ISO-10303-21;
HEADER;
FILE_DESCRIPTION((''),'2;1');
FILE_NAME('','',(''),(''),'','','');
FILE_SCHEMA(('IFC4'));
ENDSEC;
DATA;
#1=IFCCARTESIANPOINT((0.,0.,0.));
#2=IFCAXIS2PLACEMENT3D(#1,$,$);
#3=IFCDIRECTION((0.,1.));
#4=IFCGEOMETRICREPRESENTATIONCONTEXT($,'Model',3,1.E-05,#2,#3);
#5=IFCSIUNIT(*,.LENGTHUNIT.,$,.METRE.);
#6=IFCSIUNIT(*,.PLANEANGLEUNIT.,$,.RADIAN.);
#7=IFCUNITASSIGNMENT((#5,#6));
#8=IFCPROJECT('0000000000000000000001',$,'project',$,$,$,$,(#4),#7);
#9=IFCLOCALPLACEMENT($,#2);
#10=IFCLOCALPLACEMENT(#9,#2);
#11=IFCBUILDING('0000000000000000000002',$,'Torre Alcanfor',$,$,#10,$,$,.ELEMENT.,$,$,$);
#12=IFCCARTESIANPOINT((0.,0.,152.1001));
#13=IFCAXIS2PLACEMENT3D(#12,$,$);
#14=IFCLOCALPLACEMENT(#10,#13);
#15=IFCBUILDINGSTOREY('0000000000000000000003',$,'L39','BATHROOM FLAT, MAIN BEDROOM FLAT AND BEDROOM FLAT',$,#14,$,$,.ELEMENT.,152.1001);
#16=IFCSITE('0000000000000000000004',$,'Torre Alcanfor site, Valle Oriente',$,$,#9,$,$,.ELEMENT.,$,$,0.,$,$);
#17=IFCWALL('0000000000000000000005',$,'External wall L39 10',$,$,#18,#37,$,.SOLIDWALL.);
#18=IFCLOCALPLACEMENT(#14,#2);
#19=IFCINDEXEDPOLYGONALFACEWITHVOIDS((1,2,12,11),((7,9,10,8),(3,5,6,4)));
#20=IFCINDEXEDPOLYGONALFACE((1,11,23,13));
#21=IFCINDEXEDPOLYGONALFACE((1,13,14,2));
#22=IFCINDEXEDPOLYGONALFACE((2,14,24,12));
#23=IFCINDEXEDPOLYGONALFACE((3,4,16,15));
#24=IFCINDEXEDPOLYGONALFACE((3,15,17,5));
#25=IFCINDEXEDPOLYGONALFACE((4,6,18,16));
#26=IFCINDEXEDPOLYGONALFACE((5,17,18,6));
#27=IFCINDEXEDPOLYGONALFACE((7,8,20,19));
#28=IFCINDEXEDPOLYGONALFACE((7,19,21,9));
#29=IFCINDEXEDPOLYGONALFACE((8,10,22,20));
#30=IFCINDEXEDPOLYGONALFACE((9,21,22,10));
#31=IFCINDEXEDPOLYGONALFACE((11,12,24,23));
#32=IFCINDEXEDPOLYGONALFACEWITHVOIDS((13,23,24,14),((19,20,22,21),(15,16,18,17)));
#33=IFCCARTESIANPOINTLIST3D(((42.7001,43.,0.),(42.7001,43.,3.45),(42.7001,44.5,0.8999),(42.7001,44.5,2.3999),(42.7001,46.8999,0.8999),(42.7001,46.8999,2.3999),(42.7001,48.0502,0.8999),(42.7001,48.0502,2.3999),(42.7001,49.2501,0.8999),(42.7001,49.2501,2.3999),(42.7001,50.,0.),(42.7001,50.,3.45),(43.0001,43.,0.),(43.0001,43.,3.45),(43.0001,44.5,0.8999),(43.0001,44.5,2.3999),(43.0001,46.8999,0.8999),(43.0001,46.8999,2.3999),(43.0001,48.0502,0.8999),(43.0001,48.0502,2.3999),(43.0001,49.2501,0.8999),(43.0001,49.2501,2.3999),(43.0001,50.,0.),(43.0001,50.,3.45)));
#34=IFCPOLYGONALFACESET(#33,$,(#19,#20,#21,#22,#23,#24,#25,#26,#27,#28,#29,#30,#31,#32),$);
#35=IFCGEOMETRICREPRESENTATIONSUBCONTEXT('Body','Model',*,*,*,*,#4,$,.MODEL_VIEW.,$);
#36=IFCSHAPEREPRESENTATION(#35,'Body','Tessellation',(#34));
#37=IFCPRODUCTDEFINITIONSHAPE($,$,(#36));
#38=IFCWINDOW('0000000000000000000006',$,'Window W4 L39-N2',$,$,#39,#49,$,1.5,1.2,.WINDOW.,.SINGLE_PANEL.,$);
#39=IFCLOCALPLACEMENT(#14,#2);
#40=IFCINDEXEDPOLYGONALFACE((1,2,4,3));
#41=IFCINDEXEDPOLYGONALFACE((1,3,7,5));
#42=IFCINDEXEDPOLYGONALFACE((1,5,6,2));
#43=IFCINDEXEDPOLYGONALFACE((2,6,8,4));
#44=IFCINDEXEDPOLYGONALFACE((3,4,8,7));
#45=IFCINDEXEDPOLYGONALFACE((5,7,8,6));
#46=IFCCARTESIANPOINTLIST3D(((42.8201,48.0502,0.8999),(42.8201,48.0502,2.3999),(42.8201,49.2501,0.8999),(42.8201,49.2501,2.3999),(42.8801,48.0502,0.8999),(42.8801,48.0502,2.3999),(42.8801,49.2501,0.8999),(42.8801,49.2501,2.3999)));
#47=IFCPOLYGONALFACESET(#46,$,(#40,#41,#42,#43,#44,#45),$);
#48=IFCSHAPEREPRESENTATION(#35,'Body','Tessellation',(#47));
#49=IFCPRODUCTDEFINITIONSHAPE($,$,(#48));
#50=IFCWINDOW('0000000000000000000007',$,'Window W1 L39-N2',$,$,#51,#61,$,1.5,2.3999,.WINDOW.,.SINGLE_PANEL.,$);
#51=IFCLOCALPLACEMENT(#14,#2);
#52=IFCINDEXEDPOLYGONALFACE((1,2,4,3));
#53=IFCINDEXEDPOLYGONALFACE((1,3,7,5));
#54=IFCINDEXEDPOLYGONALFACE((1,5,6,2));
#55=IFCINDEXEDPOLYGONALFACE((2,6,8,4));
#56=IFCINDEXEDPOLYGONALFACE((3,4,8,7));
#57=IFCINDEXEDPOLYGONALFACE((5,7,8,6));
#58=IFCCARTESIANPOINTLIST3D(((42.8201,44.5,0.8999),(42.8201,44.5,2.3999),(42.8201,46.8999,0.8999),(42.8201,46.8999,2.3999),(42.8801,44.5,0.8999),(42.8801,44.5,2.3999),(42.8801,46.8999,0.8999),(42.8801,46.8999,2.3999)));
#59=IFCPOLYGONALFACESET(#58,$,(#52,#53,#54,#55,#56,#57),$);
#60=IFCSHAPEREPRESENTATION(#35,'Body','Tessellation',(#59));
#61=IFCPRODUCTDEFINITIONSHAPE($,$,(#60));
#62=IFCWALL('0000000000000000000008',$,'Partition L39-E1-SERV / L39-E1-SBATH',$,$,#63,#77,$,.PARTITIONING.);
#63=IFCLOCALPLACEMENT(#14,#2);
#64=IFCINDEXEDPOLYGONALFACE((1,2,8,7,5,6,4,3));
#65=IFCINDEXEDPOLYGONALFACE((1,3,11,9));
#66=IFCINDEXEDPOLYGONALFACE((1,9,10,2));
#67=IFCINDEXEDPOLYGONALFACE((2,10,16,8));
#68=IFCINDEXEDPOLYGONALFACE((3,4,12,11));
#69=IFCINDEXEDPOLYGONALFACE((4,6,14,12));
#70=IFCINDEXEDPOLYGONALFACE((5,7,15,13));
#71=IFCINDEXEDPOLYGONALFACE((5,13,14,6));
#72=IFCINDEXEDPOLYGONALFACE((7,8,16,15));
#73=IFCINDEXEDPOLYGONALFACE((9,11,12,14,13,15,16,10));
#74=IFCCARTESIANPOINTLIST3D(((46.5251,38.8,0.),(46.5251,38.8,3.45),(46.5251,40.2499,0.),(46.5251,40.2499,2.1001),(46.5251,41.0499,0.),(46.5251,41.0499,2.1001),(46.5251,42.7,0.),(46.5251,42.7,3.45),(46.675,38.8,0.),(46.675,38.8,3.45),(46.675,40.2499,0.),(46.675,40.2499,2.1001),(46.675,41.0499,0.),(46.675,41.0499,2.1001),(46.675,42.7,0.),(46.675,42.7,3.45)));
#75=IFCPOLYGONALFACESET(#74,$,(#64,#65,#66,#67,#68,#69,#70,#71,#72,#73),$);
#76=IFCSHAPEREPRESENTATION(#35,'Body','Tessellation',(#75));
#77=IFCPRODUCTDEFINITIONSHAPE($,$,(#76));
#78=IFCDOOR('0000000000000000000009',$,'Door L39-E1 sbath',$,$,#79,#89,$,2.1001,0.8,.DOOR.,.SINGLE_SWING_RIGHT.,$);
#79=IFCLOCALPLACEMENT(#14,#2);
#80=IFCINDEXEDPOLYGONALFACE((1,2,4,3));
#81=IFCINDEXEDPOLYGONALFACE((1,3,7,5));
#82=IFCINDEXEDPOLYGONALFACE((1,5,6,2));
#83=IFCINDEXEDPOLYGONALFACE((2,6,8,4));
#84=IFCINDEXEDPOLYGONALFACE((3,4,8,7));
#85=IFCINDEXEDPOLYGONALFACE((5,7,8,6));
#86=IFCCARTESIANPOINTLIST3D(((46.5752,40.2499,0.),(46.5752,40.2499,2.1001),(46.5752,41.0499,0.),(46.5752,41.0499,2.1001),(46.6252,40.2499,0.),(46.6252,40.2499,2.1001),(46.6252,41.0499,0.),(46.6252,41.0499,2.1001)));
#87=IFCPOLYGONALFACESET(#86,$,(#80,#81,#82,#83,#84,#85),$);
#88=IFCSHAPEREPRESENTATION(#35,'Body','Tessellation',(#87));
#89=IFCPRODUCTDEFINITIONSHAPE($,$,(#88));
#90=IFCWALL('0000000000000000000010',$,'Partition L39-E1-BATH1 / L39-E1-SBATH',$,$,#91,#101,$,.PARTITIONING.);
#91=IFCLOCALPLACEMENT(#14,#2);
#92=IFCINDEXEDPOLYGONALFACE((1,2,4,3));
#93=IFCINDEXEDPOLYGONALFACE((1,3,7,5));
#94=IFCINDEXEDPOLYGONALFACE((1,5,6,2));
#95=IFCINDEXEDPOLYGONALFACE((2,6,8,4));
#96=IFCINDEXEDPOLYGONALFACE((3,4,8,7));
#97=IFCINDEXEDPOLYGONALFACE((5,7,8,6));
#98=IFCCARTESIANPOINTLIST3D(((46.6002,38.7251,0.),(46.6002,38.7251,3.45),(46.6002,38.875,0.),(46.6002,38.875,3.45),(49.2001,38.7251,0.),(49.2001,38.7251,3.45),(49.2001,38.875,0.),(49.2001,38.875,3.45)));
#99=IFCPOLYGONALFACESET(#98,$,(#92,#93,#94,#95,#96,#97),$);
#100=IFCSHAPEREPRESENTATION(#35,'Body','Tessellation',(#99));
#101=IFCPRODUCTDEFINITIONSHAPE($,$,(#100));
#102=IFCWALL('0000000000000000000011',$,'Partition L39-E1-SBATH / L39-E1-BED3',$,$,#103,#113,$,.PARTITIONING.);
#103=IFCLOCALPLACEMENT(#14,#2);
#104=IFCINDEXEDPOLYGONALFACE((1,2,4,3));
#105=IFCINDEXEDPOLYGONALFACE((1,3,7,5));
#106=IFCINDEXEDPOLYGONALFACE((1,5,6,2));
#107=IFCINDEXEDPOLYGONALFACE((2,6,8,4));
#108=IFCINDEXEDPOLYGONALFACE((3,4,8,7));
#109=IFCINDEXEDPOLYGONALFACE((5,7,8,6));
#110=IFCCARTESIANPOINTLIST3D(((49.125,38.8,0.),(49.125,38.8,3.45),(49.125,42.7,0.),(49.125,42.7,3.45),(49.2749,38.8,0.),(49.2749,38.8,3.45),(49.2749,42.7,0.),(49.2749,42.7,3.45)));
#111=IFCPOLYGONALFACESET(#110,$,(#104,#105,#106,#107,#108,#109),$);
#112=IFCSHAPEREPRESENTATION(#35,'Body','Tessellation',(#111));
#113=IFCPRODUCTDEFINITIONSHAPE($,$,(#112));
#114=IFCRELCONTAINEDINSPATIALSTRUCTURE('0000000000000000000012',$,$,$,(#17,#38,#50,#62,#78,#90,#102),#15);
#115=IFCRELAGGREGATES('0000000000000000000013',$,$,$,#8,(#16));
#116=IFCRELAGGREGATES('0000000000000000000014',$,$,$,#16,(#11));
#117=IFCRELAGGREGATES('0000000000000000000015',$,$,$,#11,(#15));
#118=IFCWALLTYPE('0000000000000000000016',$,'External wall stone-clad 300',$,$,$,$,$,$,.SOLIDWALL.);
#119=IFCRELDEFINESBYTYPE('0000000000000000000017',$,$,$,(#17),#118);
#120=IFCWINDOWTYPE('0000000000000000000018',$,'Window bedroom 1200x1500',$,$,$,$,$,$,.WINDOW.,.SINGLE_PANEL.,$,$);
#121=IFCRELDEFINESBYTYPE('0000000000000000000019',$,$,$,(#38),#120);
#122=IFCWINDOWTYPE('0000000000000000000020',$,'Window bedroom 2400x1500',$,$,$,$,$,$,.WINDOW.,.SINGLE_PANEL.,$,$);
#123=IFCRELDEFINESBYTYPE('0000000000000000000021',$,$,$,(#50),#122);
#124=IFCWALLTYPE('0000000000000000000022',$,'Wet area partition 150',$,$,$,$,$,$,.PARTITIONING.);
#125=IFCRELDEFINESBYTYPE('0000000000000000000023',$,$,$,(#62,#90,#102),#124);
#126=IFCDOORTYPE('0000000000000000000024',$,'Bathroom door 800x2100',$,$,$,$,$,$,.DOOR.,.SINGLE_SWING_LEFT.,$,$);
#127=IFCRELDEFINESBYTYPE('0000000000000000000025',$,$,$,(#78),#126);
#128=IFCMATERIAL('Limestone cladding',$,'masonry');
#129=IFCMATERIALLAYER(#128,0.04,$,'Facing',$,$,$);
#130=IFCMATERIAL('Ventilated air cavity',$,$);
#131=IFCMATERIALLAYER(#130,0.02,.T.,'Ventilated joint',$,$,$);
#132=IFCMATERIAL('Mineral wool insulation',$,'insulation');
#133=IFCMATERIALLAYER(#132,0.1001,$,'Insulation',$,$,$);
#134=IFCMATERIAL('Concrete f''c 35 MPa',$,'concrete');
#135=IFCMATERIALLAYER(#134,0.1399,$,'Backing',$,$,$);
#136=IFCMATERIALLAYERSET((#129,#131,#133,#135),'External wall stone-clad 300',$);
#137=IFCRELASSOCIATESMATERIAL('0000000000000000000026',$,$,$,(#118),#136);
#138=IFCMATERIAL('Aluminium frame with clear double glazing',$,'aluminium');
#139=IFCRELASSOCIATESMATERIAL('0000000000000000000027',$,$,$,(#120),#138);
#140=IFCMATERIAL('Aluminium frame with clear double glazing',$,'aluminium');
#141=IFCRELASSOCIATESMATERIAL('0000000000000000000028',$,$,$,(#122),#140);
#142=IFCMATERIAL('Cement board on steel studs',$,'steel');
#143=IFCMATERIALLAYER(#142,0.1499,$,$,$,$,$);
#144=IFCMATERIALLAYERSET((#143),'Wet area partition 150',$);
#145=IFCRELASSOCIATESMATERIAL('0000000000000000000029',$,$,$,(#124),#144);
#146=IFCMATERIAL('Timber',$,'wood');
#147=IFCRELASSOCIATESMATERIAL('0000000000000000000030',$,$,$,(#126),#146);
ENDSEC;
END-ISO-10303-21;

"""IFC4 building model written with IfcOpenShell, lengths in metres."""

from ifc_helpers import new_model, si_unit, direction, frame, frame_2d, origin, place, context, subcontext, project, spatial, rectangle, extrude, material, layer, layer_set, type_object, element, fill, save


model = new_model("IFC4")

# Units and contexts
model_context = context("Model", 3, precision=1e-05, world=origin(), true_north=direction((0.0, 1.0)))
body_context = subcontext(model_context, "Body", "Model", "MODEL_VIEW")
ifc_project = project(units=[si_unit("LENGTHUNIT", "METRE"), si_unit("PLANEANGLEUNIT", "RADIAN")], contexts=[model_context])

# Site, building, storey
site_placement = place(None, origin())
site = spatial("IfcSite", under=ifc_project, at=site_placement, Name="Torre Alcanfor site, Valle Oriente", CompositionType="ELEMENT", RefElevation=0.0)
building_placement = place(site_placement, origin())
building = spatial("IfcBuilding", under=site, at=building_placement, Name="Torre Alcanfor", CompositionType="ELEMENT")
storey_placement = place(building_placement, frame((0.0, 0.0, 152.1001)))
storey = spatial("IfcBuildingStorey", under=building, at=storey_placement, Name="L39", Description="BATHROOM FLAT, MAIN BEDROOM FLAT AND BEDROOM FLAT", CompositionType="ELEMENT", Elevation=152.1001)

# Wall, openings, windows
ifc_material_1 = material(Name="Limestone cladding", Category="masonry")
ifc_layer_1 = layer(ifc_material_1, 0.04, Name="Facing")
ifc_material_2 = material(Name="Ventilated air cavity")
ifc_layer_2 = layer(ifc_material_2, 0.02, ventilated=True, Name="Ventilated joint")
ifc_material_3 = material(Name="Mineral wool insulation", Category="insulation")
ifc_layer_3 = layer(ifc_material_3, 0.1001, Name="Insulation")
ifc_material_4 = material(Name="Concrete f'c 35 MPa", Category="concrete")
ifc_layer_4 = layer(ifc_material_4, 0.1399, Name="Backing")
ifc_layer_set_1 = layer_set([ifc_layer_1, ifc_layer_2, ifc_layer_3, ifc_layer_4], Name="External wall stone-clad 300")
wall_type_1 = type_object("IfcWallType", Name="External wall stone-clad 300", PredefinedType="SOLIDWALL", material=ifc_layer_set_1)
wall_1_placement = place(storey_placement, frame((42.8501, 43.0, 0.0), z_axis=(0.0, 0.0, 1.0), x_axis=(0.0, 1.0, 0.0)))
wall_1 = element("IfcWall", 1, at=wall_1_placement, inside=storey, type_object=wall_type_1, Name="External wall L39 10", PredefinedType="SOLIDWALL", context=body_context, shape_type="SweptSolid", body=[
    extrude(rectangle(XDim=7.0, YDim=0.3, at=frame_2d((3.5, 0.0))), origin(), (0.0, 0.0, 1.0), 3.45),
])
opening_1_placement = place(wall_1_placement, frame((1.5, 0.0, 0.8999)))
opening_1 = element("IfcOpeningElement", 2, at=opening_1_placement, cuts=wall_1, PredefinedType="OPENING", context=body_context, shape_type="SweptSolid", body=[
    extrude(rectangle(XDim=2.3999, YDim=1.5, at=frame_2d((1.2, 0.75))), frame((0.0, 0.1599, 0.0), z_axis=(0.0, -1.0, 0.0), x_axis=(1.0, 0.0, 0.0)), (0.0, 0.0, 1.0), 0.3201),
])
opening_2_placement = place(wall_1_placement, frame((5.05, 0.0, 0.8999)))
opening_2 = element("IfcOpeningElement", 3, at=opening_2_placement, cuts=wall_1, PredefinedType="OPENING", context=body_context, shape_type="SweptSolid", body=[
    extrude(rectangle(XDim=1.2, YDim=1.5, at=frame_2d((0.6001, 0.75))), frame((0.0, 0.1599, 0.0), z_axis=(0.0, -1.0, 0.0), x_axis=(1.0, 0.0, 0.0)), (0.0, 0.0, 1.0), 0.3201),
])
ifc_material_5 = material(Name="Aluminium frame with clear double glazing", Category="aluminium")
window_type_1 = type_object("IfcWindowType", Name="Window bedroom 1200x1500", PartitioningType="SINGLE_PANEL", PredefinedType="WINDOW", material=ifc_material_5)
window_1_placement = place(opening_2_placement, origin())
window_1 = element("IfcWindow", 4, at=window_1_placement, inside=storey, type_object=window_type_1, Name="Window W4 L39-N2", OverallHeight=1.5, OverallWidth=1.2, PartitioningType="SINGLE_PANEL", PredefinedType="WINDOW", context=body_context, shape_type="SweptSolid", body=[
    extrude(rectangle(XDim=1.2, YDim=1.5, at=frame_2d((0.6001, 0.75))), frame((0.0, 0.03, 0.0), z_axis=(0.0, -1.0, 0.0), x_axis=(1.0, 0.0, 0.0)), (0.0, 0.0, 1.0), 0.0601),
])
fill(opening_2, window_1)
ifc_material_6 = material(Name="Aluminium frame with clear double glazing", Category="aluminium")
window_type_2 = type_object("IfcWindowType", Name="Window bedroom 2400x1500", PartitioningType="SINGLE_PANEL", PredefinedType="WINDOW", material=ifc_material_6)
window_2_placement = place(opening_1_placement, origin())
window_2 = element("IfcWindow", 5, at=window_2_placement, inside=storey, type_object=window_type_2, Name="Window W1 L39-N2", OverallHeight=1.5, OverallWidth=2.3999, PartitioningType="SINGLE_PANEL", PredefinedType="WINDOW", context=body_context, shape_type="SweptSolid", body=[
    extrude(rectangle(XDim=2.3999, YDim=1.5, at=frame_2d((1.2, 0.75))), frame((0.0, 0.03, 0.0), z_axis=(0.0, -1.0, 0.0), x_axis=(1.0, 0.0, 0.0)), (0.0, 0.0, 1.0), 0.0601),
])
fill(opening_1, window_2)

# Wall, opening, door
ifc_material_7 = material(Name="Cement board on steel studs", Category="steel")
ifc_layer_5 = layer(ifc_material_7, 0.1499)
ifc_layer_set_2 = layer_set([ifc_layer_5], Name="Wet area partition 150")
wall_type_2 = type_object("IfcWallType", Name="Wet area partition 150", PredefinedType="PARTITIONING", material=ifc_layer_set_2)
wall_2_placement = place(storey_placement, frame((46.6001, 38.8, 0.0), z_axis=(0.0, 0.0, 1.0), x_axis=(0.0, 1.0, 0.0)))
wall_2 = element("IfcWall", 6, at=wall_2_placement, inside=storey, type_object=wall_type_2, Name="Partition L39-E1-SERV / L39-E1-SBATH", PredefinedType="PARTITIONING", context=body_context, shape_type="SweptSolid", body=[
    extrude(rectangle(XDim=3.8999, YDim=0.1499, at=frame_2d((1.95, 0.0))), origin(), (0.0, 0.0, 1.0), 3.45),
])
opening_3_placement = place(wall_2_placement, frame((1.45, 0.0, 0.0)))
opening_3 = element("IfcOpeningElement", 7, at=opening_3_placement, cuts=wall_2, PredefinedType="OPENING", context=body_context, shape_type="SweptSolid", body=[
    extrude(rectangle(XDim=0.8, YDim=2.1001, at=frame_2d((0.3999, 1.05))), frame((0.0, 0.085, 0.0), z_axis=(0.0, -1.0, 0.0), x_axis=(1.0, 0.0, 0.0)), (0.0, 0.0, 1.0), 0.1699),
])
ifc_material_8 = material(Name="Timber", Category="wood")
door_type = type_object("IfcDoorType", Name="Bathroom door 800x2100", OperationType="SINGLE_SWING_LEFT", PredefinedType="DOOR", material=ifc_material_8)
door_placement = place(opening_3_placement, frame((0.8, 0.0, 0.0), z_axis=(0.0, 0.0, 1.0), x_axis=(-1.0, 0.0, 0.0)))
door = element("IfcDoor", 8, at=door_placement, inside=storey, type_object=door_type, Name="Door L39-E1 sbath", OperationType="SINGLE_SWING_RIGHT", OverallHeight=2.1001, OverallWidth=0.8, PredefinedType="DOOR", context=body_context, shape_type="SweptSolid", body=[
    extrude(rectangle(XDim=0.8, YDim=2.1001, at=frame_2d((0.4001, 1.05))), frame((0.0, 0.0251, 0.0), z_axis=(0.0, -1.0, 0.0), x_axis=(1.0, 0.0, 0.0)), (0.0, 0.0, 1.0), 0.05),
])
fill(opening_3, door)

# Walls
wall_3_placement = place(storey_placement, frame((49.2, 38.8, 0.0), z_axis=(0.0, 0.0, 1.0), x_axis=(-1.0, 0.0, 0.0)))
element("IfcWall", 9, at=wall_3_placement, inside=storey, type_object=wall_type_2, Name="Partition L39-E1-BATH1 / L39-E1-SBATH", PredefinedType="PARTITIONING", context=body_context, shape_type="SweptSolid", body=[
    extrude(rectangle(XDim=2.5999, YDim=0.1499, at=frame_2d((1.2998, 0.0))), origin(), (0.0, 0.0, 1.0), 3.45),
])
wall_4_placement = place(storey_placement, frame((49.2, 38.8, 0.0), z_axis=(0.0, 0.0, 1.0), x_axis=(0.0, 1.0, 0.0)))
element("IfcWall", 10, at=wall_4_placement, inside=storey, type_object=wall_type_2, Name="Partition L39-E1-SBATH / L39-E1-BED3", PredefinedType="PARTITIONING", context=body_context, shape_type="SweptSolid", body=[
    extrude(rectangle(XDim=3.8999, YDim=0.1499, at=frame_2d((1.95, 0.0))), origin(), (0.0, 0.0, 1.0), 3.45),
])

save(model, "model.ifc")
